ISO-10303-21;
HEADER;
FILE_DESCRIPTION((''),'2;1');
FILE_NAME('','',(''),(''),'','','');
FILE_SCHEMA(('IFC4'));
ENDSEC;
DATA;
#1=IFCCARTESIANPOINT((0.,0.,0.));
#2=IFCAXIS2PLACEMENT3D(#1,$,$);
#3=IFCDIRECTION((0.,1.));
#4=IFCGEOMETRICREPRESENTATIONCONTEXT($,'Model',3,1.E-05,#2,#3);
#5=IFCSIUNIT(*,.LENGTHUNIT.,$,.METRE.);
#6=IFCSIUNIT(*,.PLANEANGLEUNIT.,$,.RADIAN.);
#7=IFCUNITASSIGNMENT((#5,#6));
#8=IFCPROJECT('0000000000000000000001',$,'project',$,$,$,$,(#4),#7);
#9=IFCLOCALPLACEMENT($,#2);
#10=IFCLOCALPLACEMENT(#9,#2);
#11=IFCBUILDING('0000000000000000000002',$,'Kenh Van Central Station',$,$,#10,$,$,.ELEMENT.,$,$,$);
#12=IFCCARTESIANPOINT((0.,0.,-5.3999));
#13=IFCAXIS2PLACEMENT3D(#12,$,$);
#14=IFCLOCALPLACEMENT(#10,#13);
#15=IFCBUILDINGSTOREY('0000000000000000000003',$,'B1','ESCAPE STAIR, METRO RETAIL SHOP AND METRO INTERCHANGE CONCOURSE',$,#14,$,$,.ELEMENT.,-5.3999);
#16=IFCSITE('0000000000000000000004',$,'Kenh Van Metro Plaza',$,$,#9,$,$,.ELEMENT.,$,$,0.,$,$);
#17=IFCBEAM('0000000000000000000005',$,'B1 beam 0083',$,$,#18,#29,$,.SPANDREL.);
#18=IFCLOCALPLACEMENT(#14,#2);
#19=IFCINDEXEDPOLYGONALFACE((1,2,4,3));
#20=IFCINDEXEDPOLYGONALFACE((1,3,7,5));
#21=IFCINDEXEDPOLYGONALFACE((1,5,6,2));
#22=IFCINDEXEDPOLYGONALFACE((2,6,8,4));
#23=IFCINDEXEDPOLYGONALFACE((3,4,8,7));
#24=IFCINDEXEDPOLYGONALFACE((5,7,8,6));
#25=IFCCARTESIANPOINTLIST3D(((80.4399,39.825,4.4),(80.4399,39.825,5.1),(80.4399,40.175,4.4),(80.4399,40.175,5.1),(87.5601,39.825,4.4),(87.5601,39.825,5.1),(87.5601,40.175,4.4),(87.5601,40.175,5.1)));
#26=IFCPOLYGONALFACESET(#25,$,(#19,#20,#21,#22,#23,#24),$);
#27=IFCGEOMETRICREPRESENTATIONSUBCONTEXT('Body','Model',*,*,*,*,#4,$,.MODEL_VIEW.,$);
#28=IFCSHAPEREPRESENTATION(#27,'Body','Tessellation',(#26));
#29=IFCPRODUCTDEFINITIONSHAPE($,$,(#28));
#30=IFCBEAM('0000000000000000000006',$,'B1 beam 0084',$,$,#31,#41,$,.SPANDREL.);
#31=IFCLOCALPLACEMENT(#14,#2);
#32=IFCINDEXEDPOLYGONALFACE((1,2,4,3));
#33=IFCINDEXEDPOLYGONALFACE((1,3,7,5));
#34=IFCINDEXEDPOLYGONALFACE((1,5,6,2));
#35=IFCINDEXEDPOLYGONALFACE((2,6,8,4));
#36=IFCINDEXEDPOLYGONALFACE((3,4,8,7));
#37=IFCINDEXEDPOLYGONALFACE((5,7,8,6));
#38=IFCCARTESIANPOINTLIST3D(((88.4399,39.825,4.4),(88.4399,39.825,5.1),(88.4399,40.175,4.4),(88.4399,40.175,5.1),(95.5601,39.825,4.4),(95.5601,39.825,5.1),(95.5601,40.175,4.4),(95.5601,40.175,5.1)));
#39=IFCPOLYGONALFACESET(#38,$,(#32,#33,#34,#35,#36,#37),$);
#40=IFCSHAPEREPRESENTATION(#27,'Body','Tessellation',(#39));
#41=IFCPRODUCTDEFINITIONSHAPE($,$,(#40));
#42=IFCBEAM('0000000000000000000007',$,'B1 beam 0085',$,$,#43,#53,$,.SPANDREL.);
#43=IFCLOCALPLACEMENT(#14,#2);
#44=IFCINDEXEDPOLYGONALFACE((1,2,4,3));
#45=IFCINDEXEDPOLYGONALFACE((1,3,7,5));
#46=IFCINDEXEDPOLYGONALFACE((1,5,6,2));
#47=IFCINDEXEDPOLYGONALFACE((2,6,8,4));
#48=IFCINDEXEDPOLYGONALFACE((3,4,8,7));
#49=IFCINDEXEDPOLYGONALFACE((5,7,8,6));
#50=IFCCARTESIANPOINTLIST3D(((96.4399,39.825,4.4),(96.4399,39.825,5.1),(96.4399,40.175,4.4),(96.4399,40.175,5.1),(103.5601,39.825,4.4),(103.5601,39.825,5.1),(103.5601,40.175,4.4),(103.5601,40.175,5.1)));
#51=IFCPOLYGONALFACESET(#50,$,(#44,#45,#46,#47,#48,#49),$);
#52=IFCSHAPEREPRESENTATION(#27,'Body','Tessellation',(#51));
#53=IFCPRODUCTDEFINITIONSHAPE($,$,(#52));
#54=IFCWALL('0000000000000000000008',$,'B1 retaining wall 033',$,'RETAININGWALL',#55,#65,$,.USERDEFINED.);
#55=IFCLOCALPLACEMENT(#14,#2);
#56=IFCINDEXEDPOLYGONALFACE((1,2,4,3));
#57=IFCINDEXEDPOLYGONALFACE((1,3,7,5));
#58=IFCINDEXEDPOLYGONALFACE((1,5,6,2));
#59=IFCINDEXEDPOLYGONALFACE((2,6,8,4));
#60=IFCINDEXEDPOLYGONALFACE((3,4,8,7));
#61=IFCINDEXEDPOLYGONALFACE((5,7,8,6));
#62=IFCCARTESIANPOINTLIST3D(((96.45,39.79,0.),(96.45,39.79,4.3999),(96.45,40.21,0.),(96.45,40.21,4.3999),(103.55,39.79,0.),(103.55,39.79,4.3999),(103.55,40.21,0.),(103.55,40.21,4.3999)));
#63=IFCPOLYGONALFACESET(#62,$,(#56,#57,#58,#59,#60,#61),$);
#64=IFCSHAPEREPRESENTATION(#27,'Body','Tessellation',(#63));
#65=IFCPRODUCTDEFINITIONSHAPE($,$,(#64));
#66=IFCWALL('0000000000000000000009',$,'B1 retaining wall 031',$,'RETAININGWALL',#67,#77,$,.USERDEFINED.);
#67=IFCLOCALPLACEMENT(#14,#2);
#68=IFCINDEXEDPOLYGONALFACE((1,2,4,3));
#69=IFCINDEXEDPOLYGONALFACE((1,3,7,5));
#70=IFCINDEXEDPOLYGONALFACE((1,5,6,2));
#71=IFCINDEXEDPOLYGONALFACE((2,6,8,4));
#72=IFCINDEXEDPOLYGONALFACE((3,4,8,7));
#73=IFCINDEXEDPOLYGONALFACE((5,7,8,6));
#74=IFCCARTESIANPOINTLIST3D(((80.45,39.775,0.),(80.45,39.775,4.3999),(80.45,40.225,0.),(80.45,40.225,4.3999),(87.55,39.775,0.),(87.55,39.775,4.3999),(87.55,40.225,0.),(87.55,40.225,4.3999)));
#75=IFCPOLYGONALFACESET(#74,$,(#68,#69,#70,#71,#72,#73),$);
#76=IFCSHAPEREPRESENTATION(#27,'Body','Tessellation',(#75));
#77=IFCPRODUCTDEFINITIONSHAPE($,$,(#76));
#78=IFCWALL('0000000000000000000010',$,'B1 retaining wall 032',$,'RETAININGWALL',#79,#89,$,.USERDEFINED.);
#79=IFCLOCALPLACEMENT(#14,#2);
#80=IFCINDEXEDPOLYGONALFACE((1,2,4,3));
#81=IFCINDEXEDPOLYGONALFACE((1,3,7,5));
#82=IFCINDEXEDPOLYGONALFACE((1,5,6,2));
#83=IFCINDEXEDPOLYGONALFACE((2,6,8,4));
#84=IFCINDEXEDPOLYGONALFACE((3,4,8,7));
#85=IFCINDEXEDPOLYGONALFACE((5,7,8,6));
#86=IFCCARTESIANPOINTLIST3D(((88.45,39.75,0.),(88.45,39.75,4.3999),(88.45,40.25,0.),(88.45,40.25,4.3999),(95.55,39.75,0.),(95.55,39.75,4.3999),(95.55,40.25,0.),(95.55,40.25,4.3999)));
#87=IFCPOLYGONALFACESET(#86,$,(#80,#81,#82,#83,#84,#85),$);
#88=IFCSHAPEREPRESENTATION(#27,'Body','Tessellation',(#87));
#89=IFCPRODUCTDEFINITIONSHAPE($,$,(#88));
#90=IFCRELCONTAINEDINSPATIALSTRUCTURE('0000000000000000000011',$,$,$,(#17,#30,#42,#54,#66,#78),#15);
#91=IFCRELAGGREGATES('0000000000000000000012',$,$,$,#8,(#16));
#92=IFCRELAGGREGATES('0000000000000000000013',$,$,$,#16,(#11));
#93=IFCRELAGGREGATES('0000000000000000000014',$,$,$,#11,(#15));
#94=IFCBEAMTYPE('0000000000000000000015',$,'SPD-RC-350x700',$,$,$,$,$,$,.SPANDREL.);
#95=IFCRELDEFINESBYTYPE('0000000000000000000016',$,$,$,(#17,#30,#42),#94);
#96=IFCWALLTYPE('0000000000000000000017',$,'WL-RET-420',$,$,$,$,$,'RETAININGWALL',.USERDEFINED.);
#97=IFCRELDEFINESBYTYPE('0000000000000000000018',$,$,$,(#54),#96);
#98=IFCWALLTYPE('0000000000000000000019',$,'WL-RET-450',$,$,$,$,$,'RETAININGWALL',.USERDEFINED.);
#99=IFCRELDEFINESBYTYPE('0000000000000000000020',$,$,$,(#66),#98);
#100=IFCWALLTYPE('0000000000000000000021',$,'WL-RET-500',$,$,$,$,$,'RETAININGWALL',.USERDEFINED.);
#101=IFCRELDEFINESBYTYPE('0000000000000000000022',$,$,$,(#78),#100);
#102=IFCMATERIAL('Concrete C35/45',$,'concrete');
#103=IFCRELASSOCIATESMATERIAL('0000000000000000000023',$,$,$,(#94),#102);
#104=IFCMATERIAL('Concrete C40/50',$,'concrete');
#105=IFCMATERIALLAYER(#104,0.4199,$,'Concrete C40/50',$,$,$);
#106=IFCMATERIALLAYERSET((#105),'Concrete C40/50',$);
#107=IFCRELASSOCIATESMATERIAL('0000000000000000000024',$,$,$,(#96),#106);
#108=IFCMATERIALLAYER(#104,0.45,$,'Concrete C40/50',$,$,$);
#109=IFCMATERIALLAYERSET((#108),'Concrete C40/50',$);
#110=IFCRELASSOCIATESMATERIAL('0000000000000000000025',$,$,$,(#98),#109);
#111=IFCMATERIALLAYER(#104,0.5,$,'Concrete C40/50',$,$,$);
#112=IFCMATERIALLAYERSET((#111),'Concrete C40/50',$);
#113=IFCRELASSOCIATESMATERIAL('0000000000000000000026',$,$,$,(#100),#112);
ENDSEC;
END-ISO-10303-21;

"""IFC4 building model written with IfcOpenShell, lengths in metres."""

from ifc_helpers import new_model, si_unit, direction, frame, frame_2d, origin, origin_2d, place, context, subcontext, project, spatial, rectangle, extrude, material, layer, layer_set, material_profile, profile_set, type_object, element, save


model = new_model("IFC4")

# Units and contexts
model_context = context("Model", 3, precision=1e-05, world=origin(), true_north=direction((0.0, 1.0)))
body_context = subcontext(model_context, "Body", "Model", "MODEL_VIEW")
ifc_project = project(units=[si_unit("LENGTHUNIT", "METRE"), si_unit("PLANEANGLEUNIT", "RADIAN")], contexts=[model_context])

# Site, building, storey
site_placement = place(None, origin())
site = spatial("IfcSite", under=ifc_project, at=site_placement, Name="Kenh Van Metro Plaza", CompositionType="ELEMENT", RefElevation=0.0)
building_placement = place(site_placement, origin())
building = spatial("IfcBuilding", under=site, at=building_placement, Name="Kenh Van Central Station", CompositionType="ELEMENT")
storey_placement = place(building_placement, frame((0.0, 0.0, -5.3999)))
storey = spatial("IfcBuildingStorey", under=building, at=storey_placement, Name="B1", Description="ESCAPE STAIR, METRO RETAIL SHOP AND METRO INTERCHANGE CONCOURSE", CompositionType="ELEMENT", Elevation=-5.3999)

# Shared definitions
ifc_material_1 = material(Name="Concrete C40/50", Category="concrete")

# Beams
ifc_material_2 = material(Name="Concrete C35/45", Category="concrete")
ifc_material_profile_1 = material_profile(ifc_material_2, rectangle(XDim=0.3501, YDim=0.7, at=origin_2d()), Name="RC 350x700")
ifc_profile_set_1 = profile_set([ifc_material_profile_1], Name="Concrete C35/45")
beam_type = type_object("IfcBeamType", Name="SPD-RC-350x700", PredefinedType="SPANDREL", material=ifc_profile_set_1)
for number, where, z_axis, x_axis, name in (
    (1, (80.4399, 40.0, 4.75), (1.0, 0.0, 0.0), (0.0, 1.0, 0.0), "B1 beam 0083"),
    (2, (88.4399, 40.0, 4.75), (1.0, 0.0, 0.0), (0.0, 1.0, 0.0), "B1 beam 0084"),
    (3, (96.4399, 40.0, 4.75), (1.0, 0.0, 0.0), (0.0, 1.0, 0.0), "B1 beam 0085"),
):
    element("IfcBeam", number, at=place(storey_placement, frame(where, z_axis=z_axis, x_axis=x_axis)), inside=storey, type_object=beam_type, Name=name, PredefinedType="SPANDREL", context=body_context, shape_type="SweptSolid", body=[
        extrude(rectangle(XDim=0.3501, YDim=0.7, at=origin_2d()), origin(), (0.0, 0.0, 1.0), 7.1201),
    ])

# Walls
ifc_layer_1 = layer(ifc_material_1, 0.4199, Name="Concrete C40/50")
ifc_layer_set_1 = layer_set([ifc_layer_1], Name="Concrete C40/50")
wall_type_1 = type_object("IfcWallType", Name="WL-RET-420", ElementType="RETAININGWALL", PredefinedType="USERDEFINED", material=ifc_layer_set_1)
wall_1_placement = place(storey_placement, frame((96.45, 40.0, 0.0), z_axis=(0.0, 0.0, 1.0), x_axis=(1.0, 0.0, 0.0)))
element("IfcWall", 4, at=wall_1_placement, inside=storey, type_object=wall_type_1, Name="B1 retaining wall 033", ObjectType="RETAININGWALL", PredefinedType="USERDEFINED", context=body_context, shape_type="SweptSolid", body=[
    extrude(rectangle(XDim=7.1001, YDim=0.4199, at=frame_2d((3.55, 0.0))), origin(), (0.0, 0.0, 1.0), 4.3999),
])
ifc_layer_2 = layer(ifc_material_1, 0.45, Name="Concrete C40/50")
ifc_layer_set_2 = layer_set([ifc_layer_2], Name="Concrete C40/50")
wall_type_2 = type_object("IfcWallType", Name="WL-RET-450", ElementType="RETAININGWALL", PredefinedType="USERDEFINED", material=ifc_layer_set_2)
wall_2_placement = place(storey_placement, frame((80.45, 40.0, 0.0), z_axis=(0.0, 0.0, 1.0), x_axis=(1.0, 0.0, 0.0)))
element("IfcWall", 5, at=wall_2_placement, inside=storey, type_object=wall_type_2, Name="B1 retaining wall 031", ObjectType="RETAININGWALL", PredefinedType="USERDEFINED", context=body_context, shape_type="SweptSolid", body=[
    extrude(rectangle(XDim=7.1001, YDim=0.45, at=frame_2d((3.55, 0.0))), origin(), (0.0, 0.0, 1.0), 4.3999),
])
ifc_layer_3 = layer(ifc_material_1, 0.5, Name="Concrete C40/50")
ifc_layer_set_3 = layer_set([ifc_layer_3], Name="Concrete C40/50")
wall_type_3 = type_object("IfcWallType", Name="WL-RET-500", ElementType="RETAININGWALL", PredefinedType="USERDEFINED", material=ifc_layer_set_3)
wall_3_placement = place(storey_placement, frame((88.45, 40.0, 0.0), z_axis=(0.0, 0.0, 1.0), x_axis=(1.0, 0.0, 0.0)))
element("IfcWall", 6, at=wall_3_placement, inside=storey, type_object=wall_type_3, Name="B1 retaining wall 032", ObjectType="RETAININGWALL", PredefinedType="USERDEFINED", context=body_context, shape_type="SweptSolid", body=[
    extrude(rectangle(XDim=7.1001, YDim=0.5, at=frame_2d((3.55, 0.0))), origin(), (0.0, 0.0, 1.0), 4.3999),
])

save(model, "model.ifc")
